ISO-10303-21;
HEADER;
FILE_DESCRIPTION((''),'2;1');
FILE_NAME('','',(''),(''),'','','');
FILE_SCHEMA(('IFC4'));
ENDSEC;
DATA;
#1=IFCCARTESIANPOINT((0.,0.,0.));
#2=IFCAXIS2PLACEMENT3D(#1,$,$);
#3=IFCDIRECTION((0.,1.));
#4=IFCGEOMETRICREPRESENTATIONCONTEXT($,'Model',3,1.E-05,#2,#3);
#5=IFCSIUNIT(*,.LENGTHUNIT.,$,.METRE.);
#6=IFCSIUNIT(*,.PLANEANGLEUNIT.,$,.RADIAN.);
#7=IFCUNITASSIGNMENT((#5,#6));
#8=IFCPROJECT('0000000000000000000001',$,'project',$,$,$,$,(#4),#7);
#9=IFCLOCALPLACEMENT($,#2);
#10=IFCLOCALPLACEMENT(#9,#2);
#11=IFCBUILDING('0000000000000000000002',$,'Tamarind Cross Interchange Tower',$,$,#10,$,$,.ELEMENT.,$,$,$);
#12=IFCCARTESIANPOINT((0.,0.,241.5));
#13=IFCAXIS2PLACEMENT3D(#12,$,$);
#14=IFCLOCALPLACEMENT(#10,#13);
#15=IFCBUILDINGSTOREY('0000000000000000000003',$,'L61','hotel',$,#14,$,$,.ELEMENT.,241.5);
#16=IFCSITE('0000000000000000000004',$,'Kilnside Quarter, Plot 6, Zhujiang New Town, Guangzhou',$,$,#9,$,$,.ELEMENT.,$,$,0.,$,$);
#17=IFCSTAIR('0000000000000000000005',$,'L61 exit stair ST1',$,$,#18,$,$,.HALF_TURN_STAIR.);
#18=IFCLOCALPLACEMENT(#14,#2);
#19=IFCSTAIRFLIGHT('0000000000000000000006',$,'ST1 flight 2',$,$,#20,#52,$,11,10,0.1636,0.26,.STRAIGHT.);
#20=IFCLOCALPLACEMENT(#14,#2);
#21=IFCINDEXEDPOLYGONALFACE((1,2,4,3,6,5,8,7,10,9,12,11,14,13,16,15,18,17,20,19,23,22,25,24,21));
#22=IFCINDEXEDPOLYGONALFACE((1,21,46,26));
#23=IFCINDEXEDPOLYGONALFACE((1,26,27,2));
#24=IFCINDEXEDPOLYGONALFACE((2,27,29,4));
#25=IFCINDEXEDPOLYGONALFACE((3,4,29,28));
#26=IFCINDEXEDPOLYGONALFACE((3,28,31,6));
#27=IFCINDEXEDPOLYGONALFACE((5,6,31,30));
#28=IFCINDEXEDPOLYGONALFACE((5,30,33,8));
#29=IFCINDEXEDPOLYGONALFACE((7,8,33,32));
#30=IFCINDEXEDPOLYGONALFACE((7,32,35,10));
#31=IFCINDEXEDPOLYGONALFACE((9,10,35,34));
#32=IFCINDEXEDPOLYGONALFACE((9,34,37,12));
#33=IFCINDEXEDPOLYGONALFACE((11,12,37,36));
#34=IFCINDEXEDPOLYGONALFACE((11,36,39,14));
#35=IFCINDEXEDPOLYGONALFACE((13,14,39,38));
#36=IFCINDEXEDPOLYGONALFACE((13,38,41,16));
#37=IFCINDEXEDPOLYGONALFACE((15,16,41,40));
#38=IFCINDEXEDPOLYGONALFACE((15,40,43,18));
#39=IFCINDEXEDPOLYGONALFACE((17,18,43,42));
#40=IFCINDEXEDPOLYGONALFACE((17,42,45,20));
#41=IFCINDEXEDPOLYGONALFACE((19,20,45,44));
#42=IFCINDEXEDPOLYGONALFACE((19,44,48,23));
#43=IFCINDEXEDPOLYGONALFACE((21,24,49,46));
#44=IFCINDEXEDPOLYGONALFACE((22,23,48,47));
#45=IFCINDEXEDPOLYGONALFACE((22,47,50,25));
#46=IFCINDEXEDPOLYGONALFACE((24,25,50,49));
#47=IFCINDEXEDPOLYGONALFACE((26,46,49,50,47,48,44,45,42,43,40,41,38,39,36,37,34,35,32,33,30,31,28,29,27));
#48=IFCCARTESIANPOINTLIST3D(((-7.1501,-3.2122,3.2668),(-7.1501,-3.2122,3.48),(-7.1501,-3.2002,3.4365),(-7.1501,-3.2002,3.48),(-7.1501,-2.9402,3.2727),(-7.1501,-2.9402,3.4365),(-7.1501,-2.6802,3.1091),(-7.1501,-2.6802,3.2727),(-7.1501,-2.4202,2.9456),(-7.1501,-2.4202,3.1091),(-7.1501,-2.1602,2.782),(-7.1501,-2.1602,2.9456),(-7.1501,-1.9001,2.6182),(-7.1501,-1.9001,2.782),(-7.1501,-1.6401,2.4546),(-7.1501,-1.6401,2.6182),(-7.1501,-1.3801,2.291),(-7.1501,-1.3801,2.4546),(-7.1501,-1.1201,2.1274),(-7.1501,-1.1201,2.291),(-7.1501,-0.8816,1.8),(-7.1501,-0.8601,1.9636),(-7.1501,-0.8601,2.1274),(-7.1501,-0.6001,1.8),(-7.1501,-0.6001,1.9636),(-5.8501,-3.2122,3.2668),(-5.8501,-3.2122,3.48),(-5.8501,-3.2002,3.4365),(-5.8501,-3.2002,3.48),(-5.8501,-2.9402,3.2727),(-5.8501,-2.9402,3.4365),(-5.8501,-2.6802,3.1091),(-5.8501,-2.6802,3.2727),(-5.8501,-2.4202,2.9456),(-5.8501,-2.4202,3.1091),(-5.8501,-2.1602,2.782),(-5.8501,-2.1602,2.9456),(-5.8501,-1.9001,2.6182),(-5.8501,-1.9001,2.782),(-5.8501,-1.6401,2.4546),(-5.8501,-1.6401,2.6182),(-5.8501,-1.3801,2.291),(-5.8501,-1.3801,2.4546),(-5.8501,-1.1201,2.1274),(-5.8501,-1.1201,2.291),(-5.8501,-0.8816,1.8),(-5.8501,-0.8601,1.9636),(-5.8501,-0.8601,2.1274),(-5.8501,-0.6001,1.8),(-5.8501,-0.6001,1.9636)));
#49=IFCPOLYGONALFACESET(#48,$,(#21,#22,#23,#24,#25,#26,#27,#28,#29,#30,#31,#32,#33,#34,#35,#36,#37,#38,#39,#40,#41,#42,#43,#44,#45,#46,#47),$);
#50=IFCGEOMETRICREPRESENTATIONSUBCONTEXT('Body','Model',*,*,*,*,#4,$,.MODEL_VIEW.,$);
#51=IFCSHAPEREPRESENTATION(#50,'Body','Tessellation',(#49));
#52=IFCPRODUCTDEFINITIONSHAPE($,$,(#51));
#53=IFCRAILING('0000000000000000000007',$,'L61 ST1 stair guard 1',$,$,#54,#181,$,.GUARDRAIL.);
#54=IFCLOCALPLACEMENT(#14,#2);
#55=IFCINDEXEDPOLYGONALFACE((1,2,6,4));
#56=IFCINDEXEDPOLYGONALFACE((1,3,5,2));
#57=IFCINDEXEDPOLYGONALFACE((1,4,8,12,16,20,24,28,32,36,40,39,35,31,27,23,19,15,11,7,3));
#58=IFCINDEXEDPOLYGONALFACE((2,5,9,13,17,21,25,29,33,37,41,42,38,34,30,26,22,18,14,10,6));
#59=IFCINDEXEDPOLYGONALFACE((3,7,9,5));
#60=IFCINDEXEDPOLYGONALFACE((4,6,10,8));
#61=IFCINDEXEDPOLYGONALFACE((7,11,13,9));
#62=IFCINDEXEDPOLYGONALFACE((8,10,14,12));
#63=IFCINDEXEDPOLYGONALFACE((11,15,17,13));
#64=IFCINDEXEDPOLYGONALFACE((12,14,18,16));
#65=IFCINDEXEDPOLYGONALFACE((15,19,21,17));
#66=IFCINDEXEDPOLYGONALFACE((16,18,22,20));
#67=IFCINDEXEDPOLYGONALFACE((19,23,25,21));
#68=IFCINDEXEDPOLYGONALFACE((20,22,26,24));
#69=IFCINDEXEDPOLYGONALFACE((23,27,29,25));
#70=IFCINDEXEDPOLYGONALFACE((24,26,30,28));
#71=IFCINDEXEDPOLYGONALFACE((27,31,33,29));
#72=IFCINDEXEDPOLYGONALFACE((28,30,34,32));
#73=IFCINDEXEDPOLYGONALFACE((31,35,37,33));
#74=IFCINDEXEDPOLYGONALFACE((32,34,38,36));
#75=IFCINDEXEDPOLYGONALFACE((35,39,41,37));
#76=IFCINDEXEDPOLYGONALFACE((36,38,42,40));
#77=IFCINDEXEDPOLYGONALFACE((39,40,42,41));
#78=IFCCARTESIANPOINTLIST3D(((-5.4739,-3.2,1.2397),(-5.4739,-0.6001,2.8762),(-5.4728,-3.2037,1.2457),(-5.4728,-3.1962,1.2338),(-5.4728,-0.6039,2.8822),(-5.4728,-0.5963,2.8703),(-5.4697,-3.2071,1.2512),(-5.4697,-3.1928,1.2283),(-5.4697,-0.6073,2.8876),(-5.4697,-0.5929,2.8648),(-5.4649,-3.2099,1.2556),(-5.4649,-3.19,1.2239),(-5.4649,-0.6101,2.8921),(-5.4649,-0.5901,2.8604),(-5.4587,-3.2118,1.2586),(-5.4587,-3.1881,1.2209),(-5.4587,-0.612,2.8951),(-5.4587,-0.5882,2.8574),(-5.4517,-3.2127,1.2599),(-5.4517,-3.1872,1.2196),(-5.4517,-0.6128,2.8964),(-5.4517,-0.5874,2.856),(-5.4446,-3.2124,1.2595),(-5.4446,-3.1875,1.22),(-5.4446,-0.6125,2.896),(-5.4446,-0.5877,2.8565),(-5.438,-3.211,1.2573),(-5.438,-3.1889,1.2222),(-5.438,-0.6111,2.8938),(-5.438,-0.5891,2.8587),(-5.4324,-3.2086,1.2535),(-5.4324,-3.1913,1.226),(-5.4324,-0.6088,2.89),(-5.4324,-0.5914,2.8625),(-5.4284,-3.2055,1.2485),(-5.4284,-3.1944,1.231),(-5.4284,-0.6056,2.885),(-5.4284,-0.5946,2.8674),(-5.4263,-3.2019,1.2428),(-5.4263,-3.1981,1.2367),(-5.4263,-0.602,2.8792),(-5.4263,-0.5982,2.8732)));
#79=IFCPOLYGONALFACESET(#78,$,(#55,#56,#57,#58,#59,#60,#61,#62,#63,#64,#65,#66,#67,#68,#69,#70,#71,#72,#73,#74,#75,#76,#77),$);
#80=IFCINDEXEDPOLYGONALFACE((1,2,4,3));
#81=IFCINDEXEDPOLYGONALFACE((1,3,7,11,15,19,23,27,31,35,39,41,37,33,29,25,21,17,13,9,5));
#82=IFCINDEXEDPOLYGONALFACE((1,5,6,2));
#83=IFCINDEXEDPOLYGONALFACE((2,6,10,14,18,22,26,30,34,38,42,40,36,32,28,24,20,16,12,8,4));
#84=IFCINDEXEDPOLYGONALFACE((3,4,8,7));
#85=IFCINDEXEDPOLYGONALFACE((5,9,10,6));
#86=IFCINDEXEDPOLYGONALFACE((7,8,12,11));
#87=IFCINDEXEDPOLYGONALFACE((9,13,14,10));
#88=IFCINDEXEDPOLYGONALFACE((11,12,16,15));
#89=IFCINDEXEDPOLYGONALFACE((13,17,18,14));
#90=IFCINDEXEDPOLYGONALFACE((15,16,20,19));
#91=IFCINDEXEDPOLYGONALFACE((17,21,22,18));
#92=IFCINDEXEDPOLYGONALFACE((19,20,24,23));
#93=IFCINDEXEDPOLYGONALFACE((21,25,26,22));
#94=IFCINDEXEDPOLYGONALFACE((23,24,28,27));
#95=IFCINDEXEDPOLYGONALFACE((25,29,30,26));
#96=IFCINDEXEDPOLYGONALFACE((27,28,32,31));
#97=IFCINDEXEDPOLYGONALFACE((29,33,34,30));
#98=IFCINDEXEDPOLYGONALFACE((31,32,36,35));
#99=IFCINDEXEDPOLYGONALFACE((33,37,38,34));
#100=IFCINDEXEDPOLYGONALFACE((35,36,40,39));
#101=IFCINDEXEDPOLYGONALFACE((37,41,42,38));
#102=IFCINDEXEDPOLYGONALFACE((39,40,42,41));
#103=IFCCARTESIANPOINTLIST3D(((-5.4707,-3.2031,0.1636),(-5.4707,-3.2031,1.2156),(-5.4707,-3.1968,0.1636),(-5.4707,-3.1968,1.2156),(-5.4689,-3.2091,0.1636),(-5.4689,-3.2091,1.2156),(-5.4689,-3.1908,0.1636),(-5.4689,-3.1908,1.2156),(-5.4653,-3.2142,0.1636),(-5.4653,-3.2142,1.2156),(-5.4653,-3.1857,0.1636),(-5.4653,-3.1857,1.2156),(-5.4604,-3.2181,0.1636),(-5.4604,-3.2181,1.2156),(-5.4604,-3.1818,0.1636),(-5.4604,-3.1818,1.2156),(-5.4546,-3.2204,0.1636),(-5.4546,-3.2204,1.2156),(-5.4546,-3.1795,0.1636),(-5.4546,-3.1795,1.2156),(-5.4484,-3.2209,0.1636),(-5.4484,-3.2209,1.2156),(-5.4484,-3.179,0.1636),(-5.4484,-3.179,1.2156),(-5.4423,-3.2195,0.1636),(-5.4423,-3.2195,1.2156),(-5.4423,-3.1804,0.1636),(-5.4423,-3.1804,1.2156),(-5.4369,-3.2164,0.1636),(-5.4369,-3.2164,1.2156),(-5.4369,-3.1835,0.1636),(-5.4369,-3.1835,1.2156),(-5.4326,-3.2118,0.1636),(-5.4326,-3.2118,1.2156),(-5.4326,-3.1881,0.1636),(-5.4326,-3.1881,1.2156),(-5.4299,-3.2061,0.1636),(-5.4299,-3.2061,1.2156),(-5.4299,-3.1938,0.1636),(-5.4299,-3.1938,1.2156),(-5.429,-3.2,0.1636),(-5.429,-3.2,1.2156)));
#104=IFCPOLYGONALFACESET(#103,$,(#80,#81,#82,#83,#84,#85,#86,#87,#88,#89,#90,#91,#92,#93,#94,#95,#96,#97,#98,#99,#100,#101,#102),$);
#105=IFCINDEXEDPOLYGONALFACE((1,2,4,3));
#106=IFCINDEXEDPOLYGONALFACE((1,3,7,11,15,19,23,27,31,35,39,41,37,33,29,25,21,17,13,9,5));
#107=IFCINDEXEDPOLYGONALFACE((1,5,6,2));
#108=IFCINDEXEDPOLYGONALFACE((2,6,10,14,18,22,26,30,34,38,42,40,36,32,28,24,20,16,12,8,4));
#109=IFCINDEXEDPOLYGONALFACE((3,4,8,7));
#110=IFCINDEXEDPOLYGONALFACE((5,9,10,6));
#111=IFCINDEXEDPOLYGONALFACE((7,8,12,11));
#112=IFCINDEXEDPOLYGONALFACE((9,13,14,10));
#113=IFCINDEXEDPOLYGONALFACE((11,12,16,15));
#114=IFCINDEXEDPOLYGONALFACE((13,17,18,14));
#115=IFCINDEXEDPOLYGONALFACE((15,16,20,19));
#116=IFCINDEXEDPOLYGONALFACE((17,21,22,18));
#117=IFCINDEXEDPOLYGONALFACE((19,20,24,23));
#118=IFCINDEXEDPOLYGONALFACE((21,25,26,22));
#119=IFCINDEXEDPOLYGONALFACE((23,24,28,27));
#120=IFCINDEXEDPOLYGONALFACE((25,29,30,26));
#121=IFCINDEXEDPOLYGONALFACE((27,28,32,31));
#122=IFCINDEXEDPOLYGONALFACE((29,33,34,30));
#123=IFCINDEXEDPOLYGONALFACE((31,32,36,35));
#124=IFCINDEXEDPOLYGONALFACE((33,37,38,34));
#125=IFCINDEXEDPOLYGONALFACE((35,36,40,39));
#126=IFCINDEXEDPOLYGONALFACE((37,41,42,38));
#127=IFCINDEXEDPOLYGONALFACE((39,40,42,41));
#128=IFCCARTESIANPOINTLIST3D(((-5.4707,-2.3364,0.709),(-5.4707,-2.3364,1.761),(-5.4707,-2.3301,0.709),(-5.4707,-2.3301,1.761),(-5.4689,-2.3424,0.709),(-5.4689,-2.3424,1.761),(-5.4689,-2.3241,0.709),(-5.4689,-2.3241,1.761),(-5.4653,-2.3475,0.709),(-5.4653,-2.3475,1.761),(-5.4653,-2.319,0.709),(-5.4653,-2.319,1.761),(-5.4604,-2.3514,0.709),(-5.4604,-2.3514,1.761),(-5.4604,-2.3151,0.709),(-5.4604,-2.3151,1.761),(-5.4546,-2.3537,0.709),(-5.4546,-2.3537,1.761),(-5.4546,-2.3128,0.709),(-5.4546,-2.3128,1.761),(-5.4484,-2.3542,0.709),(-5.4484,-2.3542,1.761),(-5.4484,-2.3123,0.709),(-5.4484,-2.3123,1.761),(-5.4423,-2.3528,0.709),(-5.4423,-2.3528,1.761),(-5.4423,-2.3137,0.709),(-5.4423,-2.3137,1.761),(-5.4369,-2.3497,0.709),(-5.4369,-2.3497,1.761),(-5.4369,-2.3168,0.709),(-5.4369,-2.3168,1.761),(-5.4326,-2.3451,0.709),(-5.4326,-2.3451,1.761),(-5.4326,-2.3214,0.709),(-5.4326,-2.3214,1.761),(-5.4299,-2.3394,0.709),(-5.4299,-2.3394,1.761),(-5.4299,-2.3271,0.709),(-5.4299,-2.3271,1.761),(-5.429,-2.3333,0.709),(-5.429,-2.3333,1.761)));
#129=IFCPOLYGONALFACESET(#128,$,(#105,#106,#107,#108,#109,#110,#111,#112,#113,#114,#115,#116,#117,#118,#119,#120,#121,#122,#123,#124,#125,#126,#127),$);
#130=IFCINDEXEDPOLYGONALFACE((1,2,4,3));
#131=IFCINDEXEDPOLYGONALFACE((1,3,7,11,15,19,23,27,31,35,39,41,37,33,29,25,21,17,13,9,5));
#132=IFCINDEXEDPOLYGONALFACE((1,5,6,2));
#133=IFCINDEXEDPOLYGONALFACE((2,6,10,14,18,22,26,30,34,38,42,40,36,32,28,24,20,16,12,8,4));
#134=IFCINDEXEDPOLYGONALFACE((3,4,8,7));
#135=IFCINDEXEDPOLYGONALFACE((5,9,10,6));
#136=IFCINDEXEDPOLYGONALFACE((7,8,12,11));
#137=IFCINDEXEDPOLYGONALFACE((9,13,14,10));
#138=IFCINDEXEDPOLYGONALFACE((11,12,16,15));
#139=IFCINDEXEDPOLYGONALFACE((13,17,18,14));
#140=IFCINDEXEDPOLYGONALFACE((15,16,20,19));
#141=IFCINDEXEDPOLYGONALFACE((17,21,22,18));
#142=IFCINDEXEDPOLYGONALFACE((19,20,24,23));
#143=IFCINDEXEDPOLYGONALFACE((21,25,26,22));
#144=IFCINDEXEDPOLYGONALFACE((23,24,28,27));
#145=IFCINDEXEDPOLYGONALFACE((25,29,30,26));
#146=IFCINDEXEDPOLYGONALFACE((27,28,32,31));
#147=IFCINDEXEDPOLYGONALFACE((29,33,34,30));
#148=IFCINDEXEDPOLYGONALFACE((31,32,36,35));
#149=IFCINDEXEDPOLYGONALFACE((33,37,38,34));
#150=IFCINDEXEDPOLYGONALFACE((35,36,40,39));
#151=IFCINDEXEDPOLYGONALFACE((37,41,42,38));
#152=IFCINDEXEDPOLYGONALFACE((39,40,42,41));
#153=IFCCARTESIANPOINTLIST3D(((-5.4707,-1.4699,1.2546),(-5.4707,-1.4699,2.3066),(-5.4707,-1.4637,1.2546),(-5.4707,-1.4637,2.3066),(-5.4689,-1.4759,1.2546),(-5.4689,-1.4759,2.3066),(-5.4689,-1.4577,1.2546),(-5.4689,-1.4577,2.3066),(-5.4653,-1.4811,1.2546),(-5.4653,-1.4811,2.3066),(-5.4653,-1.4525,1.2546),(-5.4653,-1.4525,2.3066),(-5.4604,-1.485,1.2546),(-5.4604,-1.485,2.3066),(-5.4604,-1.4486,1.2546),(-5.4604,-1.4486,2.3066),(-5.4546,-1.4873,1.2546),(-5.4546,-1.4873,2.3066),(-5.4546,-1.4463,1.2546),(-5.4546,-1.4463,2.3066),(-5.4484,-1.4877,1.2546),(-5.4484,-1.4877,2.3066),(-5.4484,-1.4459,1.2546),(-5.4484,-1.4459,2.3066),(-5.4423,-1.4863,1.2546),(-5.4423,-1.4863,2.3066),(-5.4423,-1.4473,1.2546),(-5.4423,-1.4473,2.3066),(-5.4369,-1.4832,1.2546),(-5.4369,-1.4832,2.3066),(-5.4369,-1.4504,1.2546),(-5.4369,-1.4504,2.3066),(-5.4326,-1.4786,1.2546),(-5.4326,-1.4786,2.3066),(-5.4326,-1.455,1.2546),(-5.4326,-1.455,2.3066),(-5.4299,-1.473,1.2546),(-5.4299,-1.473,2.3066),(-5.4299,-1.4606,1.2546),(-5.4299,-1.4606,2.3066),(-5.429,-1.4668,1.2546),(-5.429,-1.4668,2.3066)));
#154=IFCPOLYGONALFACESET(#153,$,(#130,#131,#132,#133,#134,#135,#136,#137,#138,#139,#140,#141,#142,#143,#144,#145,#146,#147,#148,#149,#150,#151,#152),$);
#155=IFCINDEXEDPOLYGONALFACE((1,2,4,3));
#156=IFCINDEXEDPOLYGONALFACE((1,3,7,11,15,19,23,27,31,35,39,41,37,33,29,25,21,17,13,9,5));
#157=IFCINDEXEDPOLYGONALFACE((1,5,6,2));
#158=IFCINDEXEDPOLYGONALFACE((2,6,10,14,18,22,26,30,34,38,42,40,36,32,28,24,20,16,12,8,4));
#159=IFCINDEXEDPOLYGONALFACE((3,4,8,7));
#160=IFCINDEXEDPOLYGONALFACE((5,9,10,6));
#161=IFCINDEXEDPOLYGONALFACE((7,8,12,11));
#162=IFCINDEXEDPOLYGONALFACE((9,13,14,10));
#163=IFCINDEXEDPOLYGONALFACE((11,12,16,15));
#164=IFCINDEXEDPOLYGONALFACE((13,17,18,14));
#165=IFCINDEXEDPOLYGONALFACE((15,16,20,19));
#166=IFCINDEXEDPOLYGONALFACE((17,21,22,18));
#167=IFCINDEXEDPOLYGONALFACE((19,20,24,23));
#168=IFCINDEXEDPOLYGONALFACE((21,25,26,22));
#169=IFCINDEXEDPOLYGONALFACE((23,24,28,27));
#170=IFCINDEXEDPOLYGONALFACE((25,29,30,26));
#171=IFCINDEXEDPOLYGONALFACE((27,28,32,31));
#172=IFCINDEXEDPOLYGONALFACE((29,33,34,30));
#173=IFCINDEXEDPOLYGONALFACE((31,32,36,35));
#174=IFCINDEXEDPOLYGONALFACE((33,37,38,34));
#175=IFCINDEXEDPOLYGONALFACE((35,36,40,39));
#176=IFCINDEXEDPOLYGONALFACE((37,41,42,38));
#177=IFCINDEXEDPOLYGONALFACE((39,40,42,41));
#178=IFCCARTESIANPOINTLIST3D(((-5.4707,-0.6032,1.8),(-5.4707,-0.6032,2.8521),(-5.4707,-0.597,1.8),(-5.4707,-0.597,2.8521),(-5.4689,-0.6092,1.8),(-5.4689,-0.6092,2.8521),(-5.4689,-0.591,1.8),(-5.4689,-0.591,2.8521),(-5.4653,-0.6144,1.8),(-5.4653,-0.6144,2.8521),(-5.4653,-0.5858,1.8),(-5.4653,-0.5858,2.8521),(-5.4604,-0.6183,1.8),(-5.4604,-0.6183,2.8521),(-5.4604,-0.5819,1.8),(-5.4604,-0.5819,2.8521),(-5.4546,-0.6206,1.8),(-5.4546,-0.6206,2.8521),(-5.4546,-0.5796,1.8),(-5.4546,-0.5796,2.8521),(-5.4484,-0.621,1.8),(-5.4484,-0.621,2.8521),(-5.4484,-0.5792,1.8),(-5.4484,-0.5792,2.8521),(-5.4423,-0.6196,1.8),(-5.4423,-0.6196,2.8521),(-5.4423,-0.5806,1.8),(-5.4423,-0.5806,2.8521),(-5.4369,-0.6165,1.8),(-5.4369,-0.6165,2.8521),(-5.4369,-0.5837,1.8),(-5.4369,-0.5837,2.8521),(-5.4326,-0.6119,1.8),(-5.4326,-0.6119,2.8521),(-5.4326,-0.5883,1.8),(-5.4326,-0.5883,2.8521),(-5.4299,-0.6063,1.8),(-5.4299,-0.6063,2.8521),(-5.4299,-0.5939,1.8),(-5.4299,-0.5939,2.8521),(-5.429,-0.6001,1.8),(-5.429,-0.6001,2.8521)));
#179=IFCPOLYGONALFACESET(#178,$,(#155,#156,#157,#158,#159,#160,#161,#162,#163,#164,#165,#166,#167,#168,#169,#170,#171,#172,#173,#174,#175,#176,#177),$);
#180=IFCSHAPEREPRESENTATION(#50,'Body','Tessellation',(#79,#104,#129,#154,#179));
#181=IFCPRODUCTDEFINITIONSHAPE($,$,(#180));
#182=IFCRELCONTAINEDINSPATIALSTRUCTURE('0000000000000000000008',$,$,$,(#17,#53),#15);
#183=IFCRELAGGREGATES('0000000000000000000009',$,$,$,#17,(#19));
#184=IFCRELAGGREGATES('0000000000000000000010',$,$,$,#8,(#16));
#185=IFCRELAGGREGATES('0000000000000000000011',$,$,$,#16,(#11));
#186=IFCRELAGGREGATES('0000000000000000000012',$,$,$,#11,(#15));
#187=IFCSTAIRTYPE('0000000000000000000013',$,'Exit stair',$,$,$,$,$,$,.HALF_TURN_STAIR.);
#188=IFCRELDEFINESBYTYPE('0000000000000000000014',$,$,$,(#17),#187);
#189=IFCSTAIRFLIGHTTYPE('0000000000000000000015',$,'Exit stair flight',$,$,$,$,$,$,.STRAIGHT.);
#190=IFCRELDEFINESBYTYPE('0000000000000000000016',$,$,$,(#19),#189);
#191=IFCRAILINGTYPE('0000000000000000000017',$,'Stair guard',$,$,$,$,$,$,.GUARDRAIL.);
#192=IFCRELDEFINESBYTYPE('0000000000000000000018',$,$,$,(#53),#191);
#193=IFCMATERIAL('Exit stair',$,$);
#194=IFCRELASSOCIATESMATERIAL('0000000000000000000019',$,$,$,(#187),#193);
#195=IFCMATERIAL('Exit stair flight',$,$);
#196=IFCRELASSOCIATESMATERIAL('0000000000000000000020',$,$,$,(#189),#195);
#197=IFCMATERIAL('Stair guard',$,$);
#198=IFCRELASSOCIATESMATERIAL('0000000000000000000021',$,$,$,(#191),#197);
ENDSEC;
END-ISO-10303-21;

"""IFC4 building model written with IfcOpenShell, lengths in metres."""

from ifc_helpers import new_model, si_unit, direction, frame, origin, origin_2d, place, context, subcontext, project, spatial, polyline, circle, outline, extrude, material, type_object, element, aggregate, save


model = new_model("IFC4")

# Units and contexts
model_context = context("Model", 3, precision=1e-05, world=origin(), true_north=direction((0.0, 1.0)))
body_context = subcontext(model_context, "Body", "Model", "MODEL_VIEW")
ifc_project = project(units=[si_unit("LENGTHUNIT", "METRE"), si_unit("PLANEANGLEUNIT", "RADIAN")], contexts=[model_context])

# Site, building, storey
site_placement = place(None, origin())
site = spatial("IfcSite", under=ifc_project, at=site_placement, Name="Kilnside Quarter, Plot 6, Zhujiang New Town, Guangzhou", CompositionType="ELEMENT", RefElevation=0.0)
building_placement = place(site_placement, origin())
building = spatial("IfcBuilding", under=site, at=building_placement, Name="Tamarind Cross Interchange Tower", CompositionType="ELEMENT")
storey_placement = place(building_placement, frame((0.0, 0.0, 241.5)))
storey = spatial("IfcBuildingStorey", under=building, at=storey_placement, Name="L61", Description="hotel", CompositionType="ELEMENT", Elevation=241.5)

# Stair, stair flight
ifc_material_1 = material(Name="Exit stair")
stair_type = type_object("IfcStairType", Name="Exit stair", PredefinedType="HALF_TURN_STAIR", material=ifc_material_1)
stair_placement = place(storey_placement, origin())
stair = element("IfcStair", 1, at=stair_placement, inside=storey, type_object=stair_type, Name="L61 exit stair ST1", PredefinedType="HALF_TURN_STAIR")
ifc_material_2 = material(Name="Exit stair flight")
stair_flight_type = type_object("IfcStairFlightType", Name="Exit stair flight", PredefinedType="STRAIGHT", material=ifc_material_2)
stair_flight_1_placement = place(storey_placement, frame((-6.5, -0.6001, 1.8), z_axis=(0.0, 0.0, 1.0), x_axis=(0.0, -1.0, 0.0)))
stair_flight_1 = element("IfcStairFlight", 2, at=stair_flight_1_placement, type_object=stair_flight_type, Name="ST1 flight 2", NumberOfRisers=11, NumberOfTreads=10, PredefinedType="STRAIGHT", RiserHeight=0.1636, TreadLength=0.26, context=body_context, shape_type="SweptSolid", body=[
    extrude(outline(polyline([(0.0, 0.0), (0.0, 0.1636), (0.26, 0.1636), (0.26, 0.3274), (0.52, 0.3274), (0.52, 0.491), (0.78, 0.491), (0.78, 0.6545), (1.04, 0.6545), (1.04, 0.8181), (1.3, 0.8181), (1.3, 0.9819), (1.5601, 0.9819), (1.5601, 1.1455), (1.8201, 1.1455), (1.8201, 1.3091), (2.0801, 1.3091), (2.0801, 1.4727), (2.3401, 1.4727), (2.3401, 1.6365), (2.6001, 1.6365), (2.6001, 1.6799), (2.6121, 1.6799), (2.6121, 1.4668), (0.2815, 0.0), (0.0, 0.0)])), frame((0.0, 0.6499, 0.0), z_axis=(0.0, -1.0, 0.0), x_axis=(1.0, 0.0, 0.0)), (0.0, 0.0, 1.0), 1.3),
])
aggregate(stair, [stair_flight_1])

# Railing
ifc_material_3 = material(Name="Stair guard")
railing_type_1 = type_object("IfcRailingType", Name="Stair guard", PredefinedType="GUARDRAIL", material=ifc_material_3)
railing_1_placement = place(storey_placement, frame((-5.45, -3.2, 0.1636)))
element("IfcRailing", 3, at=railing_1_placement, inside=storey, type_object=railing_type_1, Name="L61 ST1 stair guard 1", PredefinedType="GUARDRAIL", context=body_context, shape_type="SweptSolid", body=[
    extrude(circle(Radius=0.0239, at=origin_2d()), frame((0.0, 0.0, 1.0762), z_axis=(0.0, 0.846302, 0.532704), x_axis=(-1.0, 0.0, 0.0)), (0.0, 0.0, 1.0), 3.072),
    extrude(circle(Radius=0.021, at=origin_2d()), origin(), (0.0, 0.0, 1.0), 1.052),
    extrude(circle(Radius=0.021, at=origin_2d()), frame((0.0, 0.8667, 0.5454)), (0.0, 0.0, 1.0), 1.052),
    extrude(circle(Radius=0.021, at=origin_2d()), frame((0.0, 1.7332, 1.0911)), (0.0, 0.0, 1.0), 1.052),
    extrude(circle(Radius=0.021, at=origin_2d()), frame((0.0, 2.5999, 1.6365)), (0.0, 0.0, 1.0), 1.052),
])

save(model, "model.ifc")
